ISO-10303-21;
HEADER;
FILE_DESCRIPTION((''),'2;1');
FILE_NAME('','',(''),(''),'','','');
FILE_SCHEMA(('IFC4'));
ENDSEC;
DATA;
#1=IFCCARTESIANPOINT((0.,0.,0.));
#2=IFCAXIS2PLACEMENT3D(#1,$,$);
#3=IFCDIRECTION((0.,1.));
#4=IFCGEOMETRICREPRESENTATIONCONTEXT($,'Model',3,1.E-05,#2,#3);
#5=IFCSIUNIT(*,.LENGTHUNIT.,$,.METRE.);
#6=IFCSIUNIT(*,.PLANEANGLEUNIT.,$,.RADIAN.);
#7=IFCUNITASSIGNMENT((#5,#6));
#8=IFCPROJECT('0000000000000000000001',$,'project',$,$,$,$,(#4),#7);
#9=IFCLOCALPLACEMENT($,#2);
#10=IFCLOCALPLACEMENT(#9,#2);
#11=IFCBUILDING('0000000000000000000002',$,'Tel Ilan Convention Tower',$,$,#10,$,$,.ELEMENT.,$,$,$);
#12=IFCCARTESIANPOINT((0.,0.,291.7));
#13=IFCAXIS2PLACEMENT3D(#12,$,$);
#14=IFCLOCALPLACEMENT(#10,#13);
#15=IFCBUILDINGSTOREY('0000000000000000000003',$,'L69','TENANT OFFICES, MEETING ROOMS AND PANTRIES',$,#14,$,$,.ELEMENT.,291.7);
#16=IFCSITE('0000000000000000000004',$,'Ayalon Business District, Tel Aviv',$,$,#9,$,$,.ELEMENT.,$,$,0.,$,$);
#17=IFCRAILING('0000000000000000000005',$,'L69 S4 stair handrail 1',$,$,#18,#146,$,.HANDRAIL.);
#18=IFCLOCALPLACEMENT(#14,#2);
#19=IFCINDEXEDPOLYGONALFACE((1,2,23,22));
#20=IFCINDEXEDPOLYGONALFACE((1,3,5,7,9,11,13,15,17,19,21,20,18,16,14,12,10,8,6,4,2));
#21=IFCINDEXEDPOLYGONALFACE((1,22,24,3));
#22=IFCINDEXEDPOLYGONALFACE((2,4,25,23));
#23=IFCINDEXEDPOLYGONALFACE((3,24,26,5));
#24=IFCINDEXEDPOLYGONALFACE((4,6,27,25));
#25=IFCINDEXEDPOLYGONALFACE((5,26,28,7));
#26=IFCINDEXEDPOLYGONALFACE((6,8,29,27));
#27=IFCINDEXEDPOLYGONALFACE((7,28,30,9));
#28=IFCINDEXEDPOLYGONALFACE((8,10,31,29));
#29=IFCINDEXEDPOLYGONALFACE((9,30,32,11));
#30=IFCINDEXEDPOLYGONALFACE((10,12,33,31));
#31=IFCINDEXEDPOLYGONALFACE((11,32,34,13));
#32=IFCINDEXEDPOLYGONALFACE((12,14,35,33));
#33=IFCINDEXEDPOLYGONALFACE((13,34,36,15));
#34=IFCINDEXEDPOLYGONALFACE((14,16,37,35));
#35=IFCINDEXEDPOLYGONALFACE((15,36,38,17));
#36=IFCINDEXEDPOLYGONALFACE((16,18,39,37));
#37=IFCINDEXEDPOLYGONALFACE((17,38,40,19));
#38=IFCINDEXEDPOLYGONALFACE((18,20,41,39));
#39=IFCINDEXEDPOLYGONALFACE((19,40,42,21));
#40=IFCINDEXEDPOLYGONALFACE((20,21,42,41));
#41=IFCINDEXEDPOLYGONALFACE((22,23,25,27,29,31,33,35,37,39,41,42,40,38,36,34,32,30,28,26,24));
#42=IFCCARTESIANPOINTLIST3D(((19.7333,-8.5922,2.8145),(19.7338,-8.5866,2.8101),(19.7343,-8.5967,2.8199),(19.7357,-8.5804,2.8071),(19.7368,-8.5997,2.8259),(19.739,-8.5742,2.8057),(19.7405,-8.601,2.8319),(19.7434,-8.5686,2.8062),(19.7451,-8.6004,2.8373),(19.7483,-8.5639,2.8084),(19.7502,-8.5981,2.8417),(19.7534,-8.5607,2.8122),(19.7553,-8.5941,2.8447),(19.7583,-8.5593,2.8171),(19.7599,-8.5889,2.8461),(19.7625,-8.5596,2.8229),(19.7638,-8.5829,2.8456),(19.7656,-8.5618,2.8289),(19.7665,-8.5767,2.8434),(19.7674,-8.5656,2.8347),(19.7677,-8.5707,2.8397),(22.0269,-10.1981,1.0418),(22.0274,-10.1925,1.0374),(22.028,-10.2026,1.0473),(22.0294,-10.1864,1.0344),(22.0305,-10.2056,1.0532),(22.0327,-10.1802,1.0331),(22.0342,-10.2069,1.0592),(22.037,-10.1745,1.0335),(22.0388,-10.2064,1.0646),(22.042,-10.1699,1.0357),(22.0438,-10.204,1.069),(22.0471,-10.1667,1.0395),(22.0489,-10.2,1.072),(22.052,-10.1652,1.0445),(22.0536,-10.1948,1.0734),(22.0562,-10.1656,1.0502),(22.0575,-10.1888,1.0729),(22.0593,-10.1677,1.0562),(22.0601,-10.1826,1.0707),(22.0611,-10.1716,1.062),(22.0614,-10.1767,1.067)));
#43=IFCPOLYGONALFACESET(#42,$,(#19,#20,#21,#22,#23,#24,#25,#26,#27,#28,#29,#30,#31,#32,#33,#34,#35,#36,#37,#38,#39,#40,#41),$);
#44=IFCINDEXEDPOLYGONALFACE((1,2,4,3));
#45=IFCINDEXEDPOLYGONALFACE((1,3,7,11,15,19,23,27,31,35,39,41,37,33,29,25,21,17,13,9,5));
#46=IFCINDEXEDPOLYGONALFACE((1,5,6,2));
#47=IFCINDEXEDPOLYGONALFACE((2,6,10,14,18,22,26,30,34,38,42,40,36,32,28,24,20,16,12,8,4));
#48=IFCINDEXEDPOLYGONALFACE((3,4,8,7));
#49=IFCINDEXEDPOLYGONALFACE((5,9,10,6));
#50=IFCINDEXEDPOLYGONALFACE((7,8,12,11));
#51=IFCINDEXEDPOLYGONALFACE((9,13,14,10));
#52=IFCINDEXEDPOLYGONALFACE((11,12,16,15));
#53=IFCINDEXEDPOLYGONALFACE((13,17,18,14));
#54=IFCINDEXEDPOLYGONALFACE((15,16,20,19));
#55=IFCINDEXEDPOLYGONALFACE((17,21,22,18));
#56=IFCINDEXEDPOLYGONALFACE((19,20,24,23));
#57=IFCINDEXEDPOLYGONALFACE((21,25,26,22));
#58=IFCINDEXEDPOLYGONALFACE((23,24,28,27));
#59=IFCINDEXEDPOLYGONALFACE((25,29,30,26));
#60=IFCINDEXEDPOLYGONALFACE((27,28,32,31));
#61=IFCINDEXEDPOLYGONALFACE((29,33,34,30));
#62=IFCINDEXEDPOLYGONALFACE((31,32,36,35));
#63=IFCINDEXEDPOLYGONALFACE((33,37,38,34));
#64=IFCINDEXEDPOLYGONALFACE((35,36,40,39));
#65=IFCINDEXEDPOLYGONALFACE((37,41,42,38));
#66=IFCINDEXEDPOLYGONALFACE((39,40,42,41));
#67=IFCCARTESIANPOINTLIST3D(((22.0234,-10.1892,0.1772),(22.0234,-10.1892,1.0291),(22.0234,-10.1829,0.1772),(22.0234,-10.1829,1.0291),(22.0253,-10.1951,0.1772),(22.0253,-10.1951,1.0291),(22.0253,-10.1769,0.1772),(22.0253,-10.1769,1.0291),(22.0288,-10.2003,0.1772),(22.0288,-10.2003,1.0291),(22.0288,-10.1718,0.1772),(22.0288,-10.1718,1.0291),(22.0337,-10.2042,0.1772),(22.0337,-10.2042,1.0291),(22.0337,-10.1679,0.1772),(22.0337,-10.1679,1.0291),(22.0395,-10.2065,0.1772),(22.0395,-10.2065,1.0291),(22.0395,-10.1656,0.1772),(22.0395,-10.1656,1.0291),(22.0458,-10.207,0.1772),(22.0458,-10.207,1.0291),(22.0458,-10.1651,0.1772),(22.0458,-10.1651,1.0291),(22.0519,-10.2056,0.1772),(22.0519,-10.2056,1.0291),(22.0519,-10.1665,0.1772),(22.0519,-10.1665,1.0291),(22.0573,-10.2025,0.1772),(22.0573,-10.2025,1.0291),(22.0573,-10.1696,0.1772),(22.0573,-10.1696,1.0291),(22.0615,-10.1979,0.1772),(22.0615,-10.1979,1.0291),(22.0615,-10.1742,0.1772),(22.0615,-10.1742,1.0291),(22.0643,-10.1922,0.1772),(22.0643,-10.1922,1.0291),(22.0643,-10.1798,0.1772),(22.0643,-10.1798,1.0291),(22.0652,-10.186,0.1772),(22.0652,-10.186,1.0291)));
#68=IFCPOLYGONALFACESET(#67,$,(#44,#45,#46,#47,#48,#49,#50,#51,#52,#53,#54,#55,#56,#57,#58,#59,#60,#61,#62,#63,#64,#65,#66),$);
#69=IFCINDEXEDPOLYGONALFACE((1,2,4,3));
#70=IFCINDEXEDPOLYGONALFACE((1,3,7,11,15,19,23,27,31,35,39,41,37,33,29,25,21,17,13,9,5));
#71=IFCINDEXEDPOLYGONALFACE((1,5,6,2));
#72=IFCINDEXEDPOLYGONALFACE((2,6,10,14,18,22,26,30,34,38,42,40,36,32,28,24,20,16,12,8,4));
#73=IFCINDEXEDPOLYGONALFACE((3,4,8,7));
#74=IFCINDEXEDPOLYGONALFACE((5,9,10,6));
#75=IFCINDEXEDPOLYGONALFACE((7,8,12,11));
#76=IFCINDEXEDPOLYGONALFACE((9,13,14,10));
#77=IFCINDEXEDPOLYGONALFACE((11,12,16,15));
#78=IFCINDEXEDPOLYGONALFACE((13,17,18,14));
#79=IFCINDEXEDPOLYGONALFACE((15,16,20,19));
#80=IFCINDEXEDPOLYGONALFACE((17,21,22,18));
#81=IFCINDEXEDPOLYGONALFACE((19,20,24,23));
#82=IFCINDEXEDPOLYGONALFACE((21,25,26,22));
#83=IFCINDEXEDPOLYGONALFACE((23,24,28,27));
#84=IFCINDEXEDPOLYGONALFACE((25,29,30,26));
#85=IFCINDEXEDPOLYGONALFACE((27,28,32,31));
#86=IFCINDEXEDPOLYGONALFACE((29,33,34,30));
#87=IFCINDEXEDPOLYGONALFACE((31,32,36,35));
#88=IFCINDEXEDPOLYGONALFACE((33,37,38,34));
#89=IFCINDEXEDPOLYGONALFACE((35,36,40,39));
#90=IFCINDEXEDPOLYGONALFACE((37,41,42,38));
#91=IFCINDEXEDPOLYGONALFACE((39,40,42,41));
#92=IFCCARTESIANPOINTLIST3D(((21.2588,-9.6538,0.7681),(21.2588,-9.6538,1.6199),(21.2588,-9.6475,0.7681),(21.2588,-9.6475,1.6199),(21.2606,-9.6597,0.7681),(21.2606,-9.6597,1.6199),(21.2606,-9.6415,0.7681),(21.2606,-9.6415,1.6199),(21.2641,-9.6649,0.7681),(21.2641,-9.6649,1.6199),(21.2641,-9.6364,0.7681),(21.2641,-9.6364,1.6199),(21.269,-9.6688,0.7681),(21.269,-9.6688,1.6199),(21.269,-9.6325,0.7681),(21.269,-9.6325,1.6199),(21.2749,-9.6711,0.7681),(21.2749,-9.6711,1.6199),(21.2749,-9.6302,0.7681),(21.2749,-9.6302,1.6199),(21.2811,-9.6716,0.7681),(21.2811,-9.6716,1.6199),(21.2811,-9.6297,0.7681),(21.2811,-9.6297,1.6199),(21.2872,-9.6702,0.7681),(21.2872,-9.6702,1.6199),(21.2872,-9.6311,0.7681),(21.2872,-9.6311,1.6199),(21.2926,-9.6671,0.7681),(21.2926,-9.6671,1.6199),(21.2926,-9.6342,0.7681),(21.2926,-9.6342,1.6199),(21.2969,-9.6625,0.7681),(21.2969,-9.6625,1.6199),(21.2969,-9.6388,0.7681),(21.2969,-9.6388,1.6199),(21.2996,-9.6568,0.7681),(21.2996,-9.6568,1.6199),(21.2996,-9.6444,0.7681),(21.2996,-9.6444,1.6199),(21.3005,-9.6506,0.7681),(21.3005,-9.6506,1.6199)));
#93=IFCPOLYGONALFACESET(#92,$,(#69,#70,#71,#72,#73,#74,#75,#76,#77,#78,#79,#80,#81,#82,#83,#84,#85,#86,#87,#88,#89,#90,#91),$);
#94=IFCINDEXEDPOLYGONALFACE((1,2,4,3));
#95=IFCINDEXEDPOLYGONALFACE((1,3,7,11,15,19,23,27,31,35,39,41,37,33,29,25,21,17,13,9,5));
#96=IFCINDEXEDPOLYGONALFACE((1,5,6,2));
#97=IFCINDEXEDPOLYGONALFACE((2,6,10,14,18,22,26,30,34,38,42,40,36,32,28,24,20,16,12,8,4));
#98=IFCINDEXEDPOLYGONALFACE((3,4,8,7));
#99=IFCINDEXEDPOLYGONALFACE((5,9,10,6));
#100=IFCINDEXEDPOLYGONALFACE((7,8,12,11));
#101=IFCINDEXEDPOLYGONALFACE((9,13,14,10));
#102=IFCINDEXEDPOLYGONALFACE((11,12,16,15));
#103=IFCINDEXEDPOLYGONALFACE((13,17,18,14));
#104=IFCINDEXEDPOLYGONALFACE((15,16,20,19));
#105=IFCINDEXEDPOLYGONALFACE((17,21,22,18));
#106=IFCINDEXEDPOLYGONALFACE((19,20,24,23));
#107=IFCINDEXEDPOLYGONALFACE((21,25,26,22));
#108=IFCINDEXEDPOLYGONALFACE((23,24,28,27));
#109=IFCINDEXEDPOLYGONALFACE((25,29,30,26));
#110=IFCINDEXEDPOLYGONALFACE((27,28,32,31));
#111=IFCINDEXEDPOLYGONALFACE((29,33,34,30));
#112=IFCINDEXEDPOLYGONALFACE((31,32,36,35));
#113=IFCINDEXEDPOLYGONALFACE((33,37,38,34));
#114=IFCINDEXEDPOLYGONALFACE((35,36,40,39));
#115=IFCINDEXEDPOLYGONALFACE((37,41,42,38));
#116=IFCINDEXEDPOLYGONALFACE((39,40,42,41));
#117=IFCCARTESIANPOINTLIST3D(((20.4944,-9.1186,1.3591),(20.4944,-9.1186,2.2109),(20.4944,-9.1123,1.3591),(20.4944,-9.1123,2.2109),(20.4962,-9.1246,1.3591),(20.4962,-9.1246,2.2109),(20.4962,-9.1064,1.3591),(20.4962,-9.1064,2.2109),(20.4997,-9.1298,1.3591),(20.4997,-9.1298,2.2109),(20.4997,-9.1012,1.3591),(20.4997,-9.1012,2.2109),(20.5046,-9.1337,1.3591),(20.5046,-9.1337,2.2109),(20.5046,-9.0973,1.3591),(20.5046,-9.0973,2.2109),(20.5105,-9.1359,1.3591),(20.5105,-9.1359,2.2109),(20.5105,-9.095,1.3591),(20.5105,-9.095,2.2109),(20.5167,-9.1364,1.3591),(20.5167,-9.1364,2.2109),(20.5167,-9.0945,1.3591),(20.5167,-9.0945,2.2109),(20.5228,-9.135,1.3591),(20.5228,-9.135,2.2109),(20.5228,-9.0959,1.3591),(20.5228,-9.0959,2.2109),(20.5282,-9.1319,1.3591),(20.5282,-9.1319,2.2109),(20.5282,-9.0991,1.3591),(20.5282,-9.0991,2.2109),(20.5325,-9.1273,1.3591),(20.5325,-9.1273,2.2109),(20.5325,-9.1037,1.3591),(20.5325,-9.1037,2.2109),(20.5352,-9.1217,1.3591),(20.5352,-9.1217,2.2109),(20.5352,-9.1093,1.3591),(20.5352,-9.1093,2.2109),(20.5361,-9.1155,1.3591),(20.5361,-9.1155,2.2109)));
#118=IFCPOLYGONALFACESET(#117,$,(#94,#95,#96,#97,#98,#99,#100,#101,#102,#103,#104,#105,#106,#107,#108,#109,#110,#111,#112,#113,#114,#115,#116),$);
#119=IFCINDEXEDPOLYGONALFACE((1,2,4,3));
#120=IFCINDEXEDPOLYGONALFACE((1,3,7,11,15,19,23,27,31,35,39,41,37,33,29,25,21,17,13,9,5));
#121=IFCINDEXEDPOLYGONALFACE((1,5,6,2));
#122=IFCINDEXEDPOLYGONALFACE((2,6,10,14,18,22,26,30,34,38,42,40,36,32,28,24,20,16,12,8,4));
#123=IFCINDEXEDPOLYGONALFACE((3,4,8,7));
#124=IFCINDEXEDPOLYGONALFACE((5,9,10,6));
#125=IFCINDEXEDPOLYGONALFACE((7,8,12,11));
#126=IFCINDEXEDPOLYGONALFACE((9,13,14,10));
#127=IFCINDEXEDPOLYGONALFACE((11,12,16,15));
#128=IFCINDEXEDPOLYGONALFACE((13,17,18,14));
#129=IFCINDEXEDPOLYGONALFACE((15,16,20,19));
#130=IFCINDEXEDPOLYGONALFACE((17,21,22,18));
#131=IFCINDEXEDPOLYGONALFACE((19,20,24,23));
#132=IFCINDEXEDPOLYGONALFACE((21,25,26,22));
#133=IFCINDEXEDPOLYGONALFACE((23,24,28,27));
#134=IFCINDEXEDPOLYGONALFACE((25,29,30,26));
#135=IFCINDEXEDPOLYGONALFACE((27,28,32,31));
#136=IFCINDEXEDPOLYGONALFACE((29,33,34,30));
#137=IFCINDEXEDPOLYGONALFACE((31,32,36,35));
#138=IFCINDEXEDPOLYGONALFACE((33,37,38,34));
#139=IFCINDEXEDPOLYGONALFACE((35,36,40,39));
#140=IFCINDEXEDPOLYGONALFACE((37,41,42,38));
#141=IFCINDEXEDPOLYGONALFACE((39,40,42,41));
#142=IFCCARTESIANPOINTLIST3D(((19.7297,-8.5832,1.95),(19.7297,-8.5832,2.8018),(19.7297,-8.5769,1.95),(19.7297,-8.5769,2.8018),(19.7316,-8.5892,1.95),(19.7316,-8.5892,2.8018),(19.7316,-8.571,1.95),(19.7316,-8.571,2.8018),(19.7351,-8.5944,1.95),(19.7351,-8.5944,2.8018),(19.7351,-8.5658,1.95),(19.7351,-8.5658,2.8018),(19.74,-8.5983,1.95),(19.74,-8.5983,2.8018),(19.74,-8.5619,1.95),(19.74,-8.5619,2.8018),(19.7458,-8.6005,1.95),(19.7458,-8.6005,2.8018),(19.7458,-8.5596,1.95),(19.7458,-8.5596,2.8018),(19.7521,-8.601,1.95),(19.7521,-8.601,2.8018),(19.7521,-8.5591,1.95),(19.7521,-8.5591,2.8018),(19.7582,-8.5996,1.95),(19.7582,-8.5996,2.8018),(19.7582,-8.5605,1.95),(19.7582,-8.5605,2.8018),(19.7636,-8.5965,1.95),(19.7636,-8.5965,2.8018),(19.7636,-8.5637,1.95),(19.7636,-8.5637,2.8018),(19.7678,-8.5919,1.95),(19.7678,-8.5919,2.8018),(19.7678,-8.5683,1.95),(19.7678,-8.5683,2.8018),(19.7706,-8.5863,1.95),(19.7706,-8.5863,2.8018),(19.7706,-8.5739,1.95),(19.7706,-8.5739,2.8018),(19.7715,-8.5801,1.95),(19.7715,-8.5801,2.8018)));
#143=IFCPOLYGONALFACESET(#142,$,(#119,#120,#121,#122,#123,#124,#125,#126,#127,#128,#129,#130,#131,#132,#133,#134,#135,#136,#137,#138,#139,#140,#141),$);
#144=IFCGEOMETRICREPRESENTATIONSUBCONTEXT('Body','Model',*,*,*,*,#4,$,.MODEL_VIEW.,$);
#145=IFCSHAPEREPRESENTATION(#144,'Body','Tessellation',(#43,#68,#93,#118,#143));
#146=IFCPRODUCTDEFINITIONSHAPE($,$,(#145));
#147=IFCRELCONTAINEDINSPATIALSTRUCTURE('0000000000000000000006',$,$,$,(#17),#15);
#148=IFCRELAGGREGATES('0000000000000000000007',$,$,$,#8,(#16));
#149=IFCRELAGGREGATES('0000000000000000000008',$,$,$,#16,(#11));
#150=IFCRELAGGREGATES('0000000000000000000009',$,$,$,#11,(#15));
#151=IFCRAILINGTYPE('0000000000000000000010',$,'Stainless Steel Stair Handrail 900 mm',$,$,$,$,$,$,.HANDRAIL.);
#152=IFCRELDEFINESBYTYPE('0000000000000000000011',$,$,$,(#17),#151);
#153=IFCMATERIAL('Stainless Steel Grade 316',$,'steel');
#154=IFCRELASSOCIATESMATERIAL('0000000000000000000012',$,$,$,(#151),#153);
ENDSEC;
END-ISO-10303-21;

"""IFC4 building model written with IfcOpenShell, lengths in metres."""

from ifc_helpers import new_model, si_unit, direction, frame, origin, origin_2d, place, context, subcontext, project, spatial, circle, extrude, material, type_object, element, save


model = new_model("IFC4")

# Units and contexts
model_context = context("Model", 3, precision=1e-05, world=origin(), true_north=direction((0.0, 1.0)))
body_context = subcontext(model_context, "Body", "Model", "MODEL_VIEW")
ifc_project = project(units=[si_unit("LENGTHUNIT", "METRE"), si_unit("PLANEANGLEUNIT", "RADIAN")], contexts=[model_context])

# Site, building, storey
site_placement = place(None, origin())
site = spatial("IfcSite", under=ifc_project, at=site_placement, Name="Ayalon Business District, Tel Aviv", CompositionType="ELEMENT", RefElevation=0.0)
building_placement = place(site_placement, origin())
building = spatial("IfcBuilding", under=site, at=building_placement, Name="Tel Ilan Convention Tower", CompositionType="ELEMENT")
storey_placement = place(building_placement, frame((0.0, 0.0, 291.7)))
storey = spatial("IfcBuildingStorey", under=building, at=storey_placement, Name="L69", Description="TENANT OFFICES, MEETING ROOMS AND PANTRIES", CompositionType="ELEMENT", Elevation=291.7)

# Railing
ifc_material_1 = material(Name="Stainless Steel Grade 316", Category="steel")
railing_type_1 = type_object("IfcRailingType", Name="Stainless Steel Stair Handrail 900 mm", PredefinedType="HANDRAIL", material=ifc_material_1)
railing_1_placement = place(storey_placement, frame((22.0442, -10.186, 0.1772)))
element("IfcRailing", 1, at=railing_1_placement, inside=storey, type_object=railing_type_1, Name="L69 S4 stair handrail 1", PredefinedType="HANDRAIL", context=body_context, shape_type="SweptSolid", body=[
    extrude(circle(Radius=0.0239, at=origin_2d()), frame((0.0, 0.0, 0.876), z_axis=(-0.692123, 0.484597, 0.534913), x_axis=(-0.57355, -0.81917, 0.0)), (0.0, 0.0, 1.0), 3.314),
    extrude(circle(Radius=0.021, at=origin_2d()), origin(), (0.0, 0.0, 1.0), 0.8518),
    extrude(circle(Radius=0.021, at=origin_2d()), frame((-0.7646, 0.5354, 0.5908)), (0.0, 0.0, 1.0), 0.8518),
    extrude(circle(Radius=0.021, at=origin_2d()), frame((-1.5291, 1.0706, 1.1819)), (0.0, 0.0, 1.0), 0.8518),
    extrude(circle(Radius=0.021, at=origin_2d()), frame((-2.2937, 1.606, 1.7727)), (0.0, 0.0, 1.0), 0.8518),
])

save(model, "model.ifc")
